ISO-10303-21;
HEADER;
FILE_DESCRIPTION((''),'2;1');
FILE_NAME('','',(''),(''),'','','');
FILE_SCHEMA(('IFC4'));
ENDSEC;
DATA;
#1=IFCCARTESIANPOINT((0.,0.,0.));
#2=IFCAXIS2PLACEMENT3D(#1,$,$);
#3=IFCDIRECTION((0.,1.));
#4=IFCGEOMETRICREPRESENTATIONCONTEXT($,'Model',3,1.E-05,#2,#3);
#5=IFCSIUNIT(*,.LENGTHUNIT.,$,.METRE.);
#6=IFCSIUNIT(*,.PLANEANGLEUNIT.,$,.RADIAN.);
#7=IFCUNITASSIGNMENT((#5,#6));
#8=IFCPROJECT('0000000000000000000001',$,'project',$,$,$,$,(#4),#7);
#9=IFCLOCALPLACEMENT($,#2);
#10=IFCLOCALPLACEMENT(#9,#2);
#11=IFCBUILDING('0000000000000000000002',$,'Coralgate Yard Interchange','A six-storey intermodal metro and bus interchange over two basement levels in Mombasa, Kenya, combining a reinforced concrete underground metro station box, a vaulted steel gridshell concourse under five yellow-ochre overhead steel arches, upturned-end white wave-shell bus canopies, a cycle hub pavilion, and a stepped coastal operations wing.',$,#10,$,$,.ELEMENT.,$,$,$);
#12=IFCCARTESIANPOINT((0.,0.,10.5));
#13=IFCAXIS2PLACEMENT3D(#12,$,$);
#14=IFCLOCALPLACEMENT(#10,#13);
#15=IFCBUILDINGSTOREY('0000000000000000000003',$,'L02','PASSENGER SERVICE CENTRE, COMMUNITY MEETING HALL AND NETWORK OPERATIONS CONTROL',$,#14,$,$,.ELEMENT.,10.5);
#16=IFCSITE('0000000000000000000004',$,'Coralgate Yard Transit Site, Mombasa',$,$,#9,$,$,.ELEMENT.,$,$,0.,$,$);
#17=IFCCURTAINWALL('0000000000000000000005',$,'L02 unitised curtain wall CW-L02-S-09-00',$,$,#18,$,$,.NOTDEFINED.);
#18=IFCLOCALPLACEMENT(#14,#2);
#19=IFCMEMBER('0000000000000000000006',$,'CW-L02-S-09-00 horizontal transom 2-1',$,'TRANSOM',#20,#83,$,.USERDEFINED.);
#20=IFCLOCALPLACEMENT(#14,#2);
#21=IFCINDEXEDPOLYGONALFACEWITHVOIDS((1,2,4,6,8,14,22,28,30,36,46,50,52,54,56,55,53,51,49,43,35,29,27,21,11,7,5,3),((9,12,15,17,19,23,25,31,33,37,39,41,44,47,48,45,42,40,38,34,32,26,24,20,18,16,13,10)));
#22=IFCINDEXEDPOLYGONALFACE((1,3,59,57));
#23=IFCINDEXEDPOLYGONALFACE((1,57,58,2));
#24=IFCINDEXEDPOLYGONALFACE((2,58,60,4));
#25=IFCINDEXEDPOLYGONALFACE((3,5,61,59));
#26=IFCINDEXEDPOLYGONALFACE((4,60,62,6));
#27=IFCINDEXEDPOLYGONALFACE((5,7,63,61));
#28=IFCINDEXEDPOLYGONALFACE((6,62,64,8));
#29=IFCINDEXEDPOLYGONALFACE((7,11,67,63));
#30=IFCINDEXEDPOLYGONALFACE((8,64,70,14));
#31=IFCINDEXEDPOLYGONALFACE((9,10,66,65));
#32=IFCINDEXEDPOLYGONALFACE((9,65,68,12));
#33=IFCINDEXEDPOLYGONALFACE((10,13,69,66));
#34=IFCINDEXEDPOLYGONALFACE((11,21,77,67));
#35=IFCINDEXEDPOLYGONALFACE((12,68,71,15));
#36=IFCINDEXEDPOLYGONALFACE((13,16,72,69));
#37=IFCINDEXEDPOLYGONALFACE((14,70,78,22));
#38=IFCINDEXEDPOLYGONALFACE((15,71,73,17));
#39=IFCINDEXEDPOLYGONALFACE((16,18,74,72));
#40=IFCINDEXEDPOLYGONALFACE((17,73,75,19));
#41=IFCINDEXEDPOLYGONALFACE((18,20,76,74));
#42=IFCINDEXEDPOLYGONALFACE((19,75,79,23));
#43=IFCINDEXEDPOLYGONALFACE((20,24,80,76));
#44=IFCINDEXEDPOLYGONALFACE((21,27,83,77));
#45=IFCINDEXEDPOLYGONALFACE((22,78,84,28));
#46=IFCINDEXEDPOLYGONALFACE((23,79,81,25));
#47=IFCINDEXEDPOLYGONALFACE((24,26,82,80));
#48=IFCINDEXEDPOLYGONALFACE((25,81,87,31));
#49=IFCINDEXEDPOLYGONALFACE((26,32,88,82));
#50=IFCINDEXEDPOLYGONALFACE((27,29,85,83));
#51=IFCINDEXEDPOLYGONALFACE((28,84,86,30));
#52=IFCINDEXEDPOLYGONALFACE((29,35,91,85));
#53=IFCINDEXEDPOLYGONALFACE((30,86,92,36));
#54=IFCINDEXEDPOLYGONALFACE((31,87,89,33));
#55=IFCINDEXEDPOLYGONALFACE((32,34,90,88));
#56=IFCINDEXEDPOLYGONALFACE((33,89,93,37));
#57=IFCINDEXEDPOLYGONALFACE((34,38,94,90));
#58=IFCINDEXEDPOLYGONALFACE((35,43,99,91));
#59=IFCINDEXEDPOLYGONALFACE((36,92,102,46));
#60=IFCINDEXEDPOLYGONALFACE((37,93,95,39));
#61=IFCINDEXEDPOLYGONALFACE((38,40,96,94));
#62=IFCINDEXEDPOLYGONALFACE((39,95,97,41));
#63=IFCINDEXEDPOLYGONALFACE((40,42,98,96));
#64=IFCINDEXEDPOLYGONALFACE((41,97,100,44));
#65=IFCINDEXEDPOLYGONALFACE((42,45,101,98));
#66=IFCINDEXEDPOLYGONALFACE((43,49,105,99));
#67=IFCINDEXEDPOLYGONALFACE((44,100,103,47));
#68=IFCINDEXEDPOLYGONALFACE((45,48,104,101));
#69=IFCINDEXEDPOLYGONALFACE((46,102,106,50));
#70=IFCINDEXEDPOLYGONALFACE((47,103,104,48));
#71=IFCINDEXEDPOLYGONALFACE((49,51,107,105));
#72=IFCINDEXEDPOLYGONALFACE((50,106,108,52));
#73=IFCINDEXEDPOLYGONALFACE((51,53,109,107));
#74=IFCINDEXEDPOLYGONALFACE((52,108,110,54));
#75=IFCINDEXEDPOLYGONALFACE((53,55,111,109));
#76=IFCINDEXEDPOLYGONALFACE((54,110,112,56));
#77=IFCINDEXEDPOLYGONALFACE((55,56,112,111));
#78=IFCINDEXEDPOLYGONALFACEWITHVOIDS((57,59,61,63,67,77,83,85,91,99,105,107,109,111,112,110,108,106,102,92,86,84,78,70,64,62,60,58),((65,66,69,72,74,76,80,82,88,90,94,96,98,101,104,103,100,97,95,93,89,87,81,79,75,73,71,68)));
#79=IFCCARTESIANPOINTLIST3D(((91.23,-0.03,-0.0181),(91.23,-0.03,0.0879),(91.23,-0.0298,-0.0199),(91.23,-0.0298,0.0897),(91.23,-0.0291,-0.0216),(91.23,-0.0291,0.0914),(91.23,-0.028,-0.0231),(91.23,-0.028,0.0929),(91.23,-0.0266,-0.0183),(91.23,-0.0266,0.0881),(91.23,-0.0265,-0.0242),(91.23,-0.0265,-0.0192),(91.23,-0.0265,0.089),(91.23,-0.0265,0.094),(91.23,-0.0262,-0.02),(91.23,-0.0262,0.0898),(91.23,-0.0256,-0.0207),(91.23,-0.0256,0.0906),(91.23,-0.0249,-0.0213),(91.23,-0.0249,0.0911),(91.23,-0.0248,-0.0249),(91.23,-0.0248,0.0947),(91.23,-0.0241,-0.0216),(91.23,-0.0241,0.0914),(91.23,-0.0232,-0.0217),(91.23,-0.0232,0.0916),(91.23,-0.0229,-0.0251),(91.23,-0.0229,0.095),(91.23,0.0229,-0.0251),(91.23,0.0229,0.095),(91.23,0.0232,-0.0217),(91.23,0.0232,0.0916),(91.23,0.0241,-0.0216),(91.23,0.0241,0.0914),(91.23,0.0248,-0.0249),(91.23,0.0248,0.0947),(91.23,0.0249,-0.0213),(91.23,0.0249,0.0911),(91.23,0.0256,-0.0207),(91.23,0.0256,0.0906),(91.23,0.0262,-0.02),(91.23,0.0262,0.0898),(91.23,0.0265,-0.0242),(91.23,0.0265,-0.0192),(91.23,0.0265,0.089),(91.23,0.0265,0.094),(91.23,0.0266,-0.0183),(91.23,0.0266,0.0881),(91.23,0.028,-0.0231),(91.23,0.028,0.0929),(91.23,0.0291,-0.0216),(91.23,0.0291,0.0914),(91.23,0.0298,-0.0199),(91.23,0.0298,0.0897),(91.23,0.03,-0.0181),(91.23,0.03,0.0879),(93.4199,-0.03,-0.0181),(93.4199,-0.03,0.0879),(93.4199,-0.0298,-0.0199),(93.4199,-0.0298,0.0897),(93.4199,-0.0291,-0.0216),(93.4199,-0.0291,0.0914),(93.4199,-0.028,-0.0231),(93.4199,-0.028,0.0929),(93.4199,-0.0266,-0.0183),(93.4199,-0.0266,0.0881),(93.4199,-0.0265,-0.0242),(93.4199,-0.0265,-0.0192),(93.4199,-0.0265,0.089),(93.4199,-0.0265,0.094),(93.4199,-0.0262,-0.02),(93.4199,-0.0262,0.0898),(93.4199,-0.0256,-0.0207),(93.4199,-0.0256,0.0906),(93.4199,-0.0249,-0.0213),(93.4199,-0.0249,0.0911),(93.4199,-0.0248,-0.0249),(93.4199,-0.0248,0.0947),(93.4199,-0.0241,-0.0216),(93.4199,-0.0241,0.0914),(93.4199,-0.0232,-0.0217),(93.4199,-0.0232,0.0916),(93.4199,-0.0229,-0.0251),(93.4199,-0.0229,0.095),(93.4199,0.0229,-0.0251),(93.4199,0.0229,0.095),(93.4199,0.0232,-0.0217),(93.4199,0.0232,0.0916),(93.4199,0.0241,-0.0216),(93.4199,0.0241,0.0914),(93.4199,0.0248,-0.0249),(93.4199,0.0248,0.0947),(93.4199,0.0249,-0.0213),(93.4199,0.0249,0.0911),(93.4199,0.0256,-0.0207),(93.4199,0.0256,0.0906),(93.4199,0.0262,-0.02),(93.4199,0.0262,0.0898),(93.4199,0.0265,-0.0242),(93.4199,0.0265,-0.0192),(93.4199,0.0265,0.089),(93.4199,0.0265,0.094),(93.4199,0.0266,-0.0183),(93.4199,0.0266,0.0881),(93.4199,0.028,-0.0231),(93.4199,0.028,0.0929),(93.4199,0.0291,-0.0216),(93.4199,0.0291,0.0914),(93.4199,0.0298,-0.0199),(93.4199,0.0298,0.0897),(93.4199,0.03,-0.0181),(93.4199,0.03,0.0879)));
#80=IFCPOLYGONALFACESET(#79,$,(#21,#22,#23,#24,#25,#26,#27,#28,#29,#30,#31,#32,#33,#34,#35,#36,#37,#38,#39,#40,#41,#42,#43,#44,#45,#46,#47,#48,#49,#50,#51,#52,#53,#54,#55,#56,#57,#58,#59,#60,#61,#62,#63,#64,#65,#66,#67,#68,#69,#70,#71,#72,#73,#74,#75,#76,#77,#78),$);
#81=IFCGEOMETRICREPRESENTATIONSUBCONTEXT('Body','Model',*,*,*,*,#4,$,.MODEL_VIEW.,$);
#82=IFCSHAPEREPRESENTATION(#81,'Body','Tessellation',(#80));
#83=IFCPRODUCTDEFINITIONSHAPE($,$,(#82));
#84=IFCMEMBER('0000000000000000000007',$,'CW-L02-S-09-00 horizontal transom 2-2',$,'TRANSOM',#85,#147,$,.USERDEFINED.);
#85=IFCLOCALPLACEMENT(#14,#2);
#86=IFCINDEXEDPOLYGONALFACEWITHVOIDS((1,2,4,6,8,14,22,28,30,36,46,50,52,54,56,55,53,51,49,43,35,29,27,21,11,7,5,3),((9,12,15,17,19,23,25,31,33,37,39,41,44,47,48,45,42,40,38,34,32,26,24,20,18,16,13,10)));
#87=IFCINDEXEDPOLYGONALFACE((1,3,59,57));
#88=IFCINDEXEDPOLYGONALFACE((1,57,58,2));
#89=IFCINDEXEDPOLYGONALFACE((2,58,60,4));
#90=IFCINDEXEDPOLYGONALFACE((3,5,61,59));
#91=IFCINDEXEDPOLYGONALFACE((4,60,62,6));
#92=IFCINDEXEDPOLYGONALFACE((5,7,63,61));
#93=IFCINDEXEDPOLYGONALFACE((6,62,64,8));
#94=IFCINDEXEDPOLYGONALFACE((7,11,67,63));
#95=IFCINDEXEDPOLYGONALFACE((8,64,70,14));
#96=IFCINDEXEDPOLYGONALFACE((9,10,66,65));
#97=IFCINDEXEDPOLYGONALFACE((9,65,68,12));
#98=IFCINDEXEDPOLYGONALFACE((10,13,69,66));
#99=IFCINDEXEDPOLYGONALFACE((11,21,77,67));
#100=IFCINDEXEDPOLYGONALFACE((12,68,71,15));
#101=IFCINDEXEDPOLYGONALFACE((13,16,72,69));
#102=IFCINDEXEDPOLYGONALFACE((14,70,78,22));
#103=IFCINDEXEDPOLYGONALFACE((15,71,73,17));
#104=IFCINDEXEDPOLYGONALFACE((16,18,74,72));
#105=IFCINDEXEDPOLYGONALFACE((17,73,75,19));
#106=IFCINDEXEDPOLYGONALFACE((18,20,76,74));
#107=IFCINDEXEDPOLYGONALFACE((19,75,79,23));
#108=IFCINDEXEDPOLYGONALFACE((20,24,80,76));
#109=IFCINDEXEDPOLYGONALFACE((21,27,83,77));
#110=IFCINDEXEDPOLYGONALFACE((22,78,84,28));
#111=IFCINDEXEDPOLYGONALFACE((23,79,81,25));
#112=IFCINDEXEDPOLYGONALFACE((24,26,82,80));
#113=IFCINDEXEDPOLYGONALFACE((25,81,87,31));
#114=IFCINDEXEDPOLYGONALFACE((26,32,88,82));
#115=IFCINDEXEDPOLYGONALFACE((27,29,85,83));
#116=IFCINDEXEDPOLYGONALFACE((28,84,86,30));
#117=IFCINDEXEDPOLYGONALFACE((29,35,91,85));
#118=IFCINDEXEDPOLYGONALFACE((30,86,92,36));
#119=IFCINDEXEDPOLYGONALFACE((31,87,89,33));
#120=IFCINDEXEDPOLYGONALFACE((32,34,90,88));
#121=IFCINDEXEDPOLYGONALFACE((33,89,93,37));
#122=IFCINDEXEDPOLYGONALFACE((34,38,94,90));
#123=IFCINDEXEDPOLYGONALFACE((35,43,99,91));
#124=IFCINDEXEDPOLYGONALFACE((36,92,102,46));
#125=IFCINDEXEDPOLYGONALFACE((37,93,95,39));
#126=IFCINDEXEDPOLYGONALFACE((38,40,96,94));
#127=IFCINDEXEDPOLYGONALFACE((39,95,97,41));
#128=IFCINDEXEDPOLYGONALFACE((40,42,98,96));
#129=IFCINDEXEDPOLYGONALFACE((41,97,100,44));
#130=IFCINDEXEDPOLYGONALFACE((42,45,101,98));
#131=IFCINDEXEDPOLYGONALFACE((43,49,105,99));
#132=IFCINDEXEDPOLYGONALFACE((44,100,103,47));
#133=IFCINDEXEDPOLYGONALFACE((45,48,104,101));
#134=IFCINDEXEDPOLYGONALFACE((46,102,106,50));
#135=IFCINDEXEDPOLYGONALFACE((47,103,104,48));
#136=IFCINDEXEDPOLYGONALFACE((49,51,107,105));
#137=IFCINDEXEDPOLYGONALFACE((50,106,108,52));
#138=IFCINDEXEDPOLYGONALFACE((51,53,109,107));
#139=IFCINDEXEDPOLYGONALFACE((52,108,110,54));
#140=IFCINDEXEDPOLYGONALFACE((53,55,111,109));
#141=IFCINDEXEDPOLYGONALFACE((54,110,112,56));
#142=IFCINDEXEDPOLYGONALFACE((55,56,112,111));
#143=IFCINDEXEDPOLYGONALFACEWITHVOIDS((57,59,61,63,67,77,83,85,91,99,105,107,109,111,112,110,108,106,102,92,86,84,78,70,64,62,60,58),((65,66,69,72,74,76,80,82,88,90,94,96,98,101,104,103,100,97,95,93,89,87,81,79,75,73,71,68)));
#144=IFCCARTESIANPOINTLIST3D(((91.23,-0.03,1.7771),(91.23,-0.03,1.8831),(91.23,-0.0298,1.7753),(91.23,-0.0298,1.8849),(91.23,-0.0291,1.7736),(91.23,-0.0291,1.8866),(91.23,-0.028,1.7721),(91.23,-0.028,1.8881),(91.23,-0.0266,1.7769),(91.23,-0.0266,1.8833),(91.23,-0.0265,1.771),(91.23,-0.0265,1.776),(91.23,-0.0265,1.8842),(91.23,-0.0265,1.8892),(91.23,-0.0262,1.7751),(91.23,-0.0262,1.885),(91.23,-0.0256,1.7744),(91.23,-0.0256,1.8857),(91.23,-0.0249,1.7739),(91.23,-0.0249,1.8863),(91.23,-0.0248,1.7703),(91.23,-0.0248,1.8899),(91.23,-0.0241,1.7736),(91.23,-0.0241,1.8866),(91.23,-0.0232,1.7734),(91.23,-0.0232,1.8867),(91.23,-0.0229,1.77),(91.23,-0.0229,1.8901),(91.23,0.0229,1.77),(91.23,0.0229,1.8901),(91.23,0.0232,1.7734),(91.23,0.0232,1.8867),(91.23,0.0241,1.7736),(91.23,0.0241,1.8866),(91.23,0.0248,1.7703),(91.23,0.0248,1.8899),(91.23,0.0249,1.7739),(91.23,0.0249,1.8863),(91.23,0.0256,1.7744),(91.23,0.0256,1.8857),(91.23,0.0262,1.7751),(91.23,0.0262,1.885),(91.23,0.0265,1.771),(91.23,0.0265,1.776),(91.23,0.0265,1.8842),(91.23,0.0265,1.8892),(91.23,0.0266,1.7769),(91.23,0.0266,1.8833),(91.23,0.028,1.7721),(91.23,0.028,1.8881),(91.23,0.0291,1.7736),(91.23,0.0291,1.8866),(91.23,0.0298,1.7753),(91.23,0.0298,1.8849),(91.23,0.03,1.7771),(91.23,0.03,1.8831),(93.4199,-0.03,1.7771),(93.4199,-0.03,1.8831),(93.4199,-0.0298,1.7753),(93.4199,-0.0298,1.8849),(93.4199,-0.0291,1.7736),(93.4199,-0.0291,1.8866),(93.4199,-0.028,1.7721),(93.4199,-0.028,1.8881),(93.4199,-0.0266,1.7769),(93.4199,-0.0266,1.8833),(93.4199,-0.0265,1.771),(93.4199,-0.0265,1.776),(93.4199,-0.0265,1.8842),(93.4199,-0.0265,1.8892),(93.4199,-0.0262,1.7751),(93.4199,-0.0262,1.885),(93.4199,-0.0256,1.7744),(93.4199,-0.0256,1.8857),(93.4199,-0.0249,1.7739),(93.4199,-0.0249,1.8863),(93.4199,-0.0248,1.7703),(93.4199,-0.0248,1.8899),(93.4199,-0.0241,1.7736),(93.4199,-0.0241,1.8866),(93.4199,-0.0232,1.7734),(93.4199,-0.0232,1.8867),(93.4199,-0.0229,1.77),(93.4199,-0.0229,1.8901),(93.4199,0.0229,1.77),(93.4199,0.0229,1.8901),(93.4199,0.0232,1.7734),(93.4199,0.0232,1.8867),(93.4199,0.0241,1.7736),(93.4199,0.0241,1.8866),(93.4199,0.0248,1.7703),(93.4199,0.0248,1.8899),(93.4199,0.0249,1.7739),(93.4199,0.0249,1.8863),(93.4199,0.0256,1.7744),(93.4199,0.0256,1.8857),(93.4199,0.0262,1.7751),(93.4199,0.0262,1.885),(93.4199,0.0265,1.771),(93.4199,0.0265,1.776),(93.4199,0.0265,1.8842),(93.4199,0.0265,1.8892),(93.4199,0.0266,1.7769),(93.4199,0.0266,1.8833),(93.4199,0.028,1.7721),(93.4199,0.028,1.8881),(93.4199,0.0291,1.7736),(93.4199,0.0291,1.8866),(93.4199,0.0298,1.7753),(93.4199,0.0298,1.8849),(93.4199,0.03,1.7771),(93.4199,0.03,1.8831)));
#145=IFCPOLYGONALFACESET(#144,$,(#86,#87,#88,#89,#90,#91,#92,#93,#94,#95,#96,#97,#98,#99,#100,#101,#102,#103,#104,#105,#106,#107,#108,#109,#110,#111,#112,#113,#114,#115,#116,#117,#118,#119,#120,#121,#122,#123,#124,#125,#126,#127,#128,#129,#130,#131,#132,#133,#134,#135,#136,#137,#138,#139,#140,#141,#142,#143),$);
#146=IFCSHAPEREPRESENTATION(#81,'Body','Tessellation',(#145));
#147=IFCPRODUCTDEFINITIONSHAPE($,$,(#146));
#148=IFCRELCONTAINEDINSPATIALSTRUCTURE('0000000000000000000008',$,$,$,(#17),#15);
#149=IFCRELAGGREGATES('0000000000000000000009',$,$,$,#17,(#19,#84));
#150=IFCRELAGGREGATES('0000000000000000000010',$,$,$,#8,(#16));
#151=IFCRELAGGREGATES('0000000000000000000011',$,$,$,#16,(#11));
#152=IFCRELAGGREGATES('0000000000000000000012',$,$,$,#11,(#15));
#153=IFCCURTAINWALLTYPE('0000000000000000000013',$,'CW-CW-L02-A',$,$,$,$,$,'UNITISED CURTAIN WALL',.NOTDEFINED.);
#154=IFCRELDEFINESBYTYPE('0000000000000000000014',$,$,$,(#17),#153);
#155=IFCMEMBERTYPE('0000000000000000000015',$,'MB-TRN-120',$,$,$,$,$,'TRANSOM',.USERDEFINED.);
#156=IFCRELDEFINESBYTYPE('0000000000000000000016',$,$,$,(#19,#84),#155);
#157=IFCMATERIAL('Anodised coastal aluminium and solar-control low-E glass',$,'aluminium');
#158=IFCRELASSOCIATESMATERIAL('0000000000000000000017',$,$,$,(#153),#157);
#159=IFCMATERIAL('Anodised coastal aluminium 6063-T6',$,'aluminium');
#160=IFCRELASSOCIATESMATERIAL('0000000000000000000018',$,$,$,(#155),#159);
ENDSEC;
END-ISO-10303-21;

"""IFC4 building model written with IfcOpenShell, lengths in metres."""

from ifc_helpers import new_model, si_unit, direction, frame, origin, origin_2d, place, context, subcontext, project, spatial, hollow_rectangle, extrude, material, material_profile, profile_set, type_object, element, aggregate, save


model = new_model("IFC4")

# Units and contexts
model_context = context("Model", 3, precision=1e-05, world=origin(), true_north=direction((0.0, 1.0)))
body_context = subcontext(model_context, "Body", "Model", "MODEL_VIEW")
ifc_project = project(units=[si_unit("LENGTHUNIT", "METRE"), si_unit("PLANEANGLEUNIT", "RADIAN")], contexts=[model_context])

# Site, building, storey
site_placement = place(None, origin())
site = spatial("IfcSite", under=ifc_project, at=site_placement, Name="Coralgate Yard Transit Site, Mombasa", CompositionType="ELEMENT", RefElevation=0.0)
building_placement = place(site_placement, origin())
building = spatial("IfcBuilding", under=site, at=building_placement, Name="Coralgate Yard Interchange", Description="A six-storey intermodal metro and bus interchange over two basement levels in Mombasa, Kenya, combining a reinforced concrete underground metro station box, a vaulted steel gridshell concourse under five yellow-ochre overhead steel arches, upturned-end white wave-shell bus canopies, a cycle hub pavilion, and a stepped coastal operations wing.", CompositionType="ELEMENT")
storey_placement = place(building_placement, frame((0.0, 0.0, 10.5)))
storey = spatial("IfcBuildingStorey", under=building, at=storey_placement, Name="L02", Description="PASSENGER SERVICE CENTRE, COMMUNITY MEETING HALL AND NETWORK OPERATIONS CONTROL", CompositionType="ELEMENT", Elevation=10.5)

# Curtain wall, members
ifc_material_1 = material(Name="Anodised coastal aluminium and solar-control low-E glass", Category="aluminium")
curtain_wall_type = type_object("IfcCurtainWallType", Name="CW-CW-L02-A", ElementType="UNITISED CURTAIN WALL", PredefinedType="NOTDEFINED", material=ifc_material_1)
curtain_wall_placement = place(storey_placement, origin())
curtain_wall = element("IfcCurtainWall", 1, at=curtain_wall_placement, inside=storey, type_object=curtain_wall_type, Name="L02 unitised curtain wall CW-L02-S-09-00", PredefinedType="NOTDEFINED")
ifc_material_2 = material(Name="Anodised coastal aluminium 6063-T6", Category="aluminium")
ifc_material_profile_1 = material_profile(ifc_material_2, hollow_rectangle(XDim=0.0601, YDim=0.1201, WallThickness=0.0034, InnerFilletRadius=0.0034, OuterFilletRadius=0.0071, at=origin_2d()), Name="ALU 60x120x3.5")
ifc_profile_set_1 = profile_set([ifc_material_profile_1], Name="Anodised coastal aluminium 6063-T6")
member_type_1 = type_object("IfcMemberType", Name="MB-TRN-120", ElementType="TRANSOM", PredefinedType="USERDEFINED", material=ifc_profile_set_1)
member_1_placement = place(storey_placement, frame((93.4199, 0.0, 0.0349), z_axis=(-1.0, 0.0, 0.0), x_axis=(0.0, -1.0, 0.0)))
member_1 = element("IfcMember", 2, at=member_1_placement, type_object=member_type_1, Name="CW-L02-S-09-00 horizontal transom 2-1", ObjectType="TRANSOM", PredefinedType="USERDEFINED", context=body_context, shape_type="SweptSolid", body=[
    extrude(hollow_rectangle(XDim=0.0601, YDim=0.1201, WallThickness=0.0034, InnerFilletRadius=0.0034, OuterFilletRadius=0.0071, at=origin_2d()), origin(), (0.0, 0.0, 1.0), 2.1899),
])
member_2_placement = place(storey_placement, frame((93.4199, 0.0, 1.8301), z_axis=(-1.0, 0.0, 0.0), x_axis=(0.0, -1.0, 0.0)))
member_2 = element("IfcMember", 3, at=member_2_placement, type_object=member_type_1, Name="CW-L02-S-09-00 horizontal transom 2-2", ObjectType="TRANSOM", PredefinedType="USERDEFINED", context=body_context, shape_type="SweptSolid", body=[
    extrude(hollow_rectangle(XDim=0.0601, YDim=0.1201, WallThickness=0.0034, InnerFilletRadius=0.0034, OuterFilletRadius=0.0071, at=origin_2d()), origin(), (0.0, 0.0, 1.0), 2.1899),
])
aggregate(curtain_wall, [member_1, member_2])

save(model, "model.ifc")
